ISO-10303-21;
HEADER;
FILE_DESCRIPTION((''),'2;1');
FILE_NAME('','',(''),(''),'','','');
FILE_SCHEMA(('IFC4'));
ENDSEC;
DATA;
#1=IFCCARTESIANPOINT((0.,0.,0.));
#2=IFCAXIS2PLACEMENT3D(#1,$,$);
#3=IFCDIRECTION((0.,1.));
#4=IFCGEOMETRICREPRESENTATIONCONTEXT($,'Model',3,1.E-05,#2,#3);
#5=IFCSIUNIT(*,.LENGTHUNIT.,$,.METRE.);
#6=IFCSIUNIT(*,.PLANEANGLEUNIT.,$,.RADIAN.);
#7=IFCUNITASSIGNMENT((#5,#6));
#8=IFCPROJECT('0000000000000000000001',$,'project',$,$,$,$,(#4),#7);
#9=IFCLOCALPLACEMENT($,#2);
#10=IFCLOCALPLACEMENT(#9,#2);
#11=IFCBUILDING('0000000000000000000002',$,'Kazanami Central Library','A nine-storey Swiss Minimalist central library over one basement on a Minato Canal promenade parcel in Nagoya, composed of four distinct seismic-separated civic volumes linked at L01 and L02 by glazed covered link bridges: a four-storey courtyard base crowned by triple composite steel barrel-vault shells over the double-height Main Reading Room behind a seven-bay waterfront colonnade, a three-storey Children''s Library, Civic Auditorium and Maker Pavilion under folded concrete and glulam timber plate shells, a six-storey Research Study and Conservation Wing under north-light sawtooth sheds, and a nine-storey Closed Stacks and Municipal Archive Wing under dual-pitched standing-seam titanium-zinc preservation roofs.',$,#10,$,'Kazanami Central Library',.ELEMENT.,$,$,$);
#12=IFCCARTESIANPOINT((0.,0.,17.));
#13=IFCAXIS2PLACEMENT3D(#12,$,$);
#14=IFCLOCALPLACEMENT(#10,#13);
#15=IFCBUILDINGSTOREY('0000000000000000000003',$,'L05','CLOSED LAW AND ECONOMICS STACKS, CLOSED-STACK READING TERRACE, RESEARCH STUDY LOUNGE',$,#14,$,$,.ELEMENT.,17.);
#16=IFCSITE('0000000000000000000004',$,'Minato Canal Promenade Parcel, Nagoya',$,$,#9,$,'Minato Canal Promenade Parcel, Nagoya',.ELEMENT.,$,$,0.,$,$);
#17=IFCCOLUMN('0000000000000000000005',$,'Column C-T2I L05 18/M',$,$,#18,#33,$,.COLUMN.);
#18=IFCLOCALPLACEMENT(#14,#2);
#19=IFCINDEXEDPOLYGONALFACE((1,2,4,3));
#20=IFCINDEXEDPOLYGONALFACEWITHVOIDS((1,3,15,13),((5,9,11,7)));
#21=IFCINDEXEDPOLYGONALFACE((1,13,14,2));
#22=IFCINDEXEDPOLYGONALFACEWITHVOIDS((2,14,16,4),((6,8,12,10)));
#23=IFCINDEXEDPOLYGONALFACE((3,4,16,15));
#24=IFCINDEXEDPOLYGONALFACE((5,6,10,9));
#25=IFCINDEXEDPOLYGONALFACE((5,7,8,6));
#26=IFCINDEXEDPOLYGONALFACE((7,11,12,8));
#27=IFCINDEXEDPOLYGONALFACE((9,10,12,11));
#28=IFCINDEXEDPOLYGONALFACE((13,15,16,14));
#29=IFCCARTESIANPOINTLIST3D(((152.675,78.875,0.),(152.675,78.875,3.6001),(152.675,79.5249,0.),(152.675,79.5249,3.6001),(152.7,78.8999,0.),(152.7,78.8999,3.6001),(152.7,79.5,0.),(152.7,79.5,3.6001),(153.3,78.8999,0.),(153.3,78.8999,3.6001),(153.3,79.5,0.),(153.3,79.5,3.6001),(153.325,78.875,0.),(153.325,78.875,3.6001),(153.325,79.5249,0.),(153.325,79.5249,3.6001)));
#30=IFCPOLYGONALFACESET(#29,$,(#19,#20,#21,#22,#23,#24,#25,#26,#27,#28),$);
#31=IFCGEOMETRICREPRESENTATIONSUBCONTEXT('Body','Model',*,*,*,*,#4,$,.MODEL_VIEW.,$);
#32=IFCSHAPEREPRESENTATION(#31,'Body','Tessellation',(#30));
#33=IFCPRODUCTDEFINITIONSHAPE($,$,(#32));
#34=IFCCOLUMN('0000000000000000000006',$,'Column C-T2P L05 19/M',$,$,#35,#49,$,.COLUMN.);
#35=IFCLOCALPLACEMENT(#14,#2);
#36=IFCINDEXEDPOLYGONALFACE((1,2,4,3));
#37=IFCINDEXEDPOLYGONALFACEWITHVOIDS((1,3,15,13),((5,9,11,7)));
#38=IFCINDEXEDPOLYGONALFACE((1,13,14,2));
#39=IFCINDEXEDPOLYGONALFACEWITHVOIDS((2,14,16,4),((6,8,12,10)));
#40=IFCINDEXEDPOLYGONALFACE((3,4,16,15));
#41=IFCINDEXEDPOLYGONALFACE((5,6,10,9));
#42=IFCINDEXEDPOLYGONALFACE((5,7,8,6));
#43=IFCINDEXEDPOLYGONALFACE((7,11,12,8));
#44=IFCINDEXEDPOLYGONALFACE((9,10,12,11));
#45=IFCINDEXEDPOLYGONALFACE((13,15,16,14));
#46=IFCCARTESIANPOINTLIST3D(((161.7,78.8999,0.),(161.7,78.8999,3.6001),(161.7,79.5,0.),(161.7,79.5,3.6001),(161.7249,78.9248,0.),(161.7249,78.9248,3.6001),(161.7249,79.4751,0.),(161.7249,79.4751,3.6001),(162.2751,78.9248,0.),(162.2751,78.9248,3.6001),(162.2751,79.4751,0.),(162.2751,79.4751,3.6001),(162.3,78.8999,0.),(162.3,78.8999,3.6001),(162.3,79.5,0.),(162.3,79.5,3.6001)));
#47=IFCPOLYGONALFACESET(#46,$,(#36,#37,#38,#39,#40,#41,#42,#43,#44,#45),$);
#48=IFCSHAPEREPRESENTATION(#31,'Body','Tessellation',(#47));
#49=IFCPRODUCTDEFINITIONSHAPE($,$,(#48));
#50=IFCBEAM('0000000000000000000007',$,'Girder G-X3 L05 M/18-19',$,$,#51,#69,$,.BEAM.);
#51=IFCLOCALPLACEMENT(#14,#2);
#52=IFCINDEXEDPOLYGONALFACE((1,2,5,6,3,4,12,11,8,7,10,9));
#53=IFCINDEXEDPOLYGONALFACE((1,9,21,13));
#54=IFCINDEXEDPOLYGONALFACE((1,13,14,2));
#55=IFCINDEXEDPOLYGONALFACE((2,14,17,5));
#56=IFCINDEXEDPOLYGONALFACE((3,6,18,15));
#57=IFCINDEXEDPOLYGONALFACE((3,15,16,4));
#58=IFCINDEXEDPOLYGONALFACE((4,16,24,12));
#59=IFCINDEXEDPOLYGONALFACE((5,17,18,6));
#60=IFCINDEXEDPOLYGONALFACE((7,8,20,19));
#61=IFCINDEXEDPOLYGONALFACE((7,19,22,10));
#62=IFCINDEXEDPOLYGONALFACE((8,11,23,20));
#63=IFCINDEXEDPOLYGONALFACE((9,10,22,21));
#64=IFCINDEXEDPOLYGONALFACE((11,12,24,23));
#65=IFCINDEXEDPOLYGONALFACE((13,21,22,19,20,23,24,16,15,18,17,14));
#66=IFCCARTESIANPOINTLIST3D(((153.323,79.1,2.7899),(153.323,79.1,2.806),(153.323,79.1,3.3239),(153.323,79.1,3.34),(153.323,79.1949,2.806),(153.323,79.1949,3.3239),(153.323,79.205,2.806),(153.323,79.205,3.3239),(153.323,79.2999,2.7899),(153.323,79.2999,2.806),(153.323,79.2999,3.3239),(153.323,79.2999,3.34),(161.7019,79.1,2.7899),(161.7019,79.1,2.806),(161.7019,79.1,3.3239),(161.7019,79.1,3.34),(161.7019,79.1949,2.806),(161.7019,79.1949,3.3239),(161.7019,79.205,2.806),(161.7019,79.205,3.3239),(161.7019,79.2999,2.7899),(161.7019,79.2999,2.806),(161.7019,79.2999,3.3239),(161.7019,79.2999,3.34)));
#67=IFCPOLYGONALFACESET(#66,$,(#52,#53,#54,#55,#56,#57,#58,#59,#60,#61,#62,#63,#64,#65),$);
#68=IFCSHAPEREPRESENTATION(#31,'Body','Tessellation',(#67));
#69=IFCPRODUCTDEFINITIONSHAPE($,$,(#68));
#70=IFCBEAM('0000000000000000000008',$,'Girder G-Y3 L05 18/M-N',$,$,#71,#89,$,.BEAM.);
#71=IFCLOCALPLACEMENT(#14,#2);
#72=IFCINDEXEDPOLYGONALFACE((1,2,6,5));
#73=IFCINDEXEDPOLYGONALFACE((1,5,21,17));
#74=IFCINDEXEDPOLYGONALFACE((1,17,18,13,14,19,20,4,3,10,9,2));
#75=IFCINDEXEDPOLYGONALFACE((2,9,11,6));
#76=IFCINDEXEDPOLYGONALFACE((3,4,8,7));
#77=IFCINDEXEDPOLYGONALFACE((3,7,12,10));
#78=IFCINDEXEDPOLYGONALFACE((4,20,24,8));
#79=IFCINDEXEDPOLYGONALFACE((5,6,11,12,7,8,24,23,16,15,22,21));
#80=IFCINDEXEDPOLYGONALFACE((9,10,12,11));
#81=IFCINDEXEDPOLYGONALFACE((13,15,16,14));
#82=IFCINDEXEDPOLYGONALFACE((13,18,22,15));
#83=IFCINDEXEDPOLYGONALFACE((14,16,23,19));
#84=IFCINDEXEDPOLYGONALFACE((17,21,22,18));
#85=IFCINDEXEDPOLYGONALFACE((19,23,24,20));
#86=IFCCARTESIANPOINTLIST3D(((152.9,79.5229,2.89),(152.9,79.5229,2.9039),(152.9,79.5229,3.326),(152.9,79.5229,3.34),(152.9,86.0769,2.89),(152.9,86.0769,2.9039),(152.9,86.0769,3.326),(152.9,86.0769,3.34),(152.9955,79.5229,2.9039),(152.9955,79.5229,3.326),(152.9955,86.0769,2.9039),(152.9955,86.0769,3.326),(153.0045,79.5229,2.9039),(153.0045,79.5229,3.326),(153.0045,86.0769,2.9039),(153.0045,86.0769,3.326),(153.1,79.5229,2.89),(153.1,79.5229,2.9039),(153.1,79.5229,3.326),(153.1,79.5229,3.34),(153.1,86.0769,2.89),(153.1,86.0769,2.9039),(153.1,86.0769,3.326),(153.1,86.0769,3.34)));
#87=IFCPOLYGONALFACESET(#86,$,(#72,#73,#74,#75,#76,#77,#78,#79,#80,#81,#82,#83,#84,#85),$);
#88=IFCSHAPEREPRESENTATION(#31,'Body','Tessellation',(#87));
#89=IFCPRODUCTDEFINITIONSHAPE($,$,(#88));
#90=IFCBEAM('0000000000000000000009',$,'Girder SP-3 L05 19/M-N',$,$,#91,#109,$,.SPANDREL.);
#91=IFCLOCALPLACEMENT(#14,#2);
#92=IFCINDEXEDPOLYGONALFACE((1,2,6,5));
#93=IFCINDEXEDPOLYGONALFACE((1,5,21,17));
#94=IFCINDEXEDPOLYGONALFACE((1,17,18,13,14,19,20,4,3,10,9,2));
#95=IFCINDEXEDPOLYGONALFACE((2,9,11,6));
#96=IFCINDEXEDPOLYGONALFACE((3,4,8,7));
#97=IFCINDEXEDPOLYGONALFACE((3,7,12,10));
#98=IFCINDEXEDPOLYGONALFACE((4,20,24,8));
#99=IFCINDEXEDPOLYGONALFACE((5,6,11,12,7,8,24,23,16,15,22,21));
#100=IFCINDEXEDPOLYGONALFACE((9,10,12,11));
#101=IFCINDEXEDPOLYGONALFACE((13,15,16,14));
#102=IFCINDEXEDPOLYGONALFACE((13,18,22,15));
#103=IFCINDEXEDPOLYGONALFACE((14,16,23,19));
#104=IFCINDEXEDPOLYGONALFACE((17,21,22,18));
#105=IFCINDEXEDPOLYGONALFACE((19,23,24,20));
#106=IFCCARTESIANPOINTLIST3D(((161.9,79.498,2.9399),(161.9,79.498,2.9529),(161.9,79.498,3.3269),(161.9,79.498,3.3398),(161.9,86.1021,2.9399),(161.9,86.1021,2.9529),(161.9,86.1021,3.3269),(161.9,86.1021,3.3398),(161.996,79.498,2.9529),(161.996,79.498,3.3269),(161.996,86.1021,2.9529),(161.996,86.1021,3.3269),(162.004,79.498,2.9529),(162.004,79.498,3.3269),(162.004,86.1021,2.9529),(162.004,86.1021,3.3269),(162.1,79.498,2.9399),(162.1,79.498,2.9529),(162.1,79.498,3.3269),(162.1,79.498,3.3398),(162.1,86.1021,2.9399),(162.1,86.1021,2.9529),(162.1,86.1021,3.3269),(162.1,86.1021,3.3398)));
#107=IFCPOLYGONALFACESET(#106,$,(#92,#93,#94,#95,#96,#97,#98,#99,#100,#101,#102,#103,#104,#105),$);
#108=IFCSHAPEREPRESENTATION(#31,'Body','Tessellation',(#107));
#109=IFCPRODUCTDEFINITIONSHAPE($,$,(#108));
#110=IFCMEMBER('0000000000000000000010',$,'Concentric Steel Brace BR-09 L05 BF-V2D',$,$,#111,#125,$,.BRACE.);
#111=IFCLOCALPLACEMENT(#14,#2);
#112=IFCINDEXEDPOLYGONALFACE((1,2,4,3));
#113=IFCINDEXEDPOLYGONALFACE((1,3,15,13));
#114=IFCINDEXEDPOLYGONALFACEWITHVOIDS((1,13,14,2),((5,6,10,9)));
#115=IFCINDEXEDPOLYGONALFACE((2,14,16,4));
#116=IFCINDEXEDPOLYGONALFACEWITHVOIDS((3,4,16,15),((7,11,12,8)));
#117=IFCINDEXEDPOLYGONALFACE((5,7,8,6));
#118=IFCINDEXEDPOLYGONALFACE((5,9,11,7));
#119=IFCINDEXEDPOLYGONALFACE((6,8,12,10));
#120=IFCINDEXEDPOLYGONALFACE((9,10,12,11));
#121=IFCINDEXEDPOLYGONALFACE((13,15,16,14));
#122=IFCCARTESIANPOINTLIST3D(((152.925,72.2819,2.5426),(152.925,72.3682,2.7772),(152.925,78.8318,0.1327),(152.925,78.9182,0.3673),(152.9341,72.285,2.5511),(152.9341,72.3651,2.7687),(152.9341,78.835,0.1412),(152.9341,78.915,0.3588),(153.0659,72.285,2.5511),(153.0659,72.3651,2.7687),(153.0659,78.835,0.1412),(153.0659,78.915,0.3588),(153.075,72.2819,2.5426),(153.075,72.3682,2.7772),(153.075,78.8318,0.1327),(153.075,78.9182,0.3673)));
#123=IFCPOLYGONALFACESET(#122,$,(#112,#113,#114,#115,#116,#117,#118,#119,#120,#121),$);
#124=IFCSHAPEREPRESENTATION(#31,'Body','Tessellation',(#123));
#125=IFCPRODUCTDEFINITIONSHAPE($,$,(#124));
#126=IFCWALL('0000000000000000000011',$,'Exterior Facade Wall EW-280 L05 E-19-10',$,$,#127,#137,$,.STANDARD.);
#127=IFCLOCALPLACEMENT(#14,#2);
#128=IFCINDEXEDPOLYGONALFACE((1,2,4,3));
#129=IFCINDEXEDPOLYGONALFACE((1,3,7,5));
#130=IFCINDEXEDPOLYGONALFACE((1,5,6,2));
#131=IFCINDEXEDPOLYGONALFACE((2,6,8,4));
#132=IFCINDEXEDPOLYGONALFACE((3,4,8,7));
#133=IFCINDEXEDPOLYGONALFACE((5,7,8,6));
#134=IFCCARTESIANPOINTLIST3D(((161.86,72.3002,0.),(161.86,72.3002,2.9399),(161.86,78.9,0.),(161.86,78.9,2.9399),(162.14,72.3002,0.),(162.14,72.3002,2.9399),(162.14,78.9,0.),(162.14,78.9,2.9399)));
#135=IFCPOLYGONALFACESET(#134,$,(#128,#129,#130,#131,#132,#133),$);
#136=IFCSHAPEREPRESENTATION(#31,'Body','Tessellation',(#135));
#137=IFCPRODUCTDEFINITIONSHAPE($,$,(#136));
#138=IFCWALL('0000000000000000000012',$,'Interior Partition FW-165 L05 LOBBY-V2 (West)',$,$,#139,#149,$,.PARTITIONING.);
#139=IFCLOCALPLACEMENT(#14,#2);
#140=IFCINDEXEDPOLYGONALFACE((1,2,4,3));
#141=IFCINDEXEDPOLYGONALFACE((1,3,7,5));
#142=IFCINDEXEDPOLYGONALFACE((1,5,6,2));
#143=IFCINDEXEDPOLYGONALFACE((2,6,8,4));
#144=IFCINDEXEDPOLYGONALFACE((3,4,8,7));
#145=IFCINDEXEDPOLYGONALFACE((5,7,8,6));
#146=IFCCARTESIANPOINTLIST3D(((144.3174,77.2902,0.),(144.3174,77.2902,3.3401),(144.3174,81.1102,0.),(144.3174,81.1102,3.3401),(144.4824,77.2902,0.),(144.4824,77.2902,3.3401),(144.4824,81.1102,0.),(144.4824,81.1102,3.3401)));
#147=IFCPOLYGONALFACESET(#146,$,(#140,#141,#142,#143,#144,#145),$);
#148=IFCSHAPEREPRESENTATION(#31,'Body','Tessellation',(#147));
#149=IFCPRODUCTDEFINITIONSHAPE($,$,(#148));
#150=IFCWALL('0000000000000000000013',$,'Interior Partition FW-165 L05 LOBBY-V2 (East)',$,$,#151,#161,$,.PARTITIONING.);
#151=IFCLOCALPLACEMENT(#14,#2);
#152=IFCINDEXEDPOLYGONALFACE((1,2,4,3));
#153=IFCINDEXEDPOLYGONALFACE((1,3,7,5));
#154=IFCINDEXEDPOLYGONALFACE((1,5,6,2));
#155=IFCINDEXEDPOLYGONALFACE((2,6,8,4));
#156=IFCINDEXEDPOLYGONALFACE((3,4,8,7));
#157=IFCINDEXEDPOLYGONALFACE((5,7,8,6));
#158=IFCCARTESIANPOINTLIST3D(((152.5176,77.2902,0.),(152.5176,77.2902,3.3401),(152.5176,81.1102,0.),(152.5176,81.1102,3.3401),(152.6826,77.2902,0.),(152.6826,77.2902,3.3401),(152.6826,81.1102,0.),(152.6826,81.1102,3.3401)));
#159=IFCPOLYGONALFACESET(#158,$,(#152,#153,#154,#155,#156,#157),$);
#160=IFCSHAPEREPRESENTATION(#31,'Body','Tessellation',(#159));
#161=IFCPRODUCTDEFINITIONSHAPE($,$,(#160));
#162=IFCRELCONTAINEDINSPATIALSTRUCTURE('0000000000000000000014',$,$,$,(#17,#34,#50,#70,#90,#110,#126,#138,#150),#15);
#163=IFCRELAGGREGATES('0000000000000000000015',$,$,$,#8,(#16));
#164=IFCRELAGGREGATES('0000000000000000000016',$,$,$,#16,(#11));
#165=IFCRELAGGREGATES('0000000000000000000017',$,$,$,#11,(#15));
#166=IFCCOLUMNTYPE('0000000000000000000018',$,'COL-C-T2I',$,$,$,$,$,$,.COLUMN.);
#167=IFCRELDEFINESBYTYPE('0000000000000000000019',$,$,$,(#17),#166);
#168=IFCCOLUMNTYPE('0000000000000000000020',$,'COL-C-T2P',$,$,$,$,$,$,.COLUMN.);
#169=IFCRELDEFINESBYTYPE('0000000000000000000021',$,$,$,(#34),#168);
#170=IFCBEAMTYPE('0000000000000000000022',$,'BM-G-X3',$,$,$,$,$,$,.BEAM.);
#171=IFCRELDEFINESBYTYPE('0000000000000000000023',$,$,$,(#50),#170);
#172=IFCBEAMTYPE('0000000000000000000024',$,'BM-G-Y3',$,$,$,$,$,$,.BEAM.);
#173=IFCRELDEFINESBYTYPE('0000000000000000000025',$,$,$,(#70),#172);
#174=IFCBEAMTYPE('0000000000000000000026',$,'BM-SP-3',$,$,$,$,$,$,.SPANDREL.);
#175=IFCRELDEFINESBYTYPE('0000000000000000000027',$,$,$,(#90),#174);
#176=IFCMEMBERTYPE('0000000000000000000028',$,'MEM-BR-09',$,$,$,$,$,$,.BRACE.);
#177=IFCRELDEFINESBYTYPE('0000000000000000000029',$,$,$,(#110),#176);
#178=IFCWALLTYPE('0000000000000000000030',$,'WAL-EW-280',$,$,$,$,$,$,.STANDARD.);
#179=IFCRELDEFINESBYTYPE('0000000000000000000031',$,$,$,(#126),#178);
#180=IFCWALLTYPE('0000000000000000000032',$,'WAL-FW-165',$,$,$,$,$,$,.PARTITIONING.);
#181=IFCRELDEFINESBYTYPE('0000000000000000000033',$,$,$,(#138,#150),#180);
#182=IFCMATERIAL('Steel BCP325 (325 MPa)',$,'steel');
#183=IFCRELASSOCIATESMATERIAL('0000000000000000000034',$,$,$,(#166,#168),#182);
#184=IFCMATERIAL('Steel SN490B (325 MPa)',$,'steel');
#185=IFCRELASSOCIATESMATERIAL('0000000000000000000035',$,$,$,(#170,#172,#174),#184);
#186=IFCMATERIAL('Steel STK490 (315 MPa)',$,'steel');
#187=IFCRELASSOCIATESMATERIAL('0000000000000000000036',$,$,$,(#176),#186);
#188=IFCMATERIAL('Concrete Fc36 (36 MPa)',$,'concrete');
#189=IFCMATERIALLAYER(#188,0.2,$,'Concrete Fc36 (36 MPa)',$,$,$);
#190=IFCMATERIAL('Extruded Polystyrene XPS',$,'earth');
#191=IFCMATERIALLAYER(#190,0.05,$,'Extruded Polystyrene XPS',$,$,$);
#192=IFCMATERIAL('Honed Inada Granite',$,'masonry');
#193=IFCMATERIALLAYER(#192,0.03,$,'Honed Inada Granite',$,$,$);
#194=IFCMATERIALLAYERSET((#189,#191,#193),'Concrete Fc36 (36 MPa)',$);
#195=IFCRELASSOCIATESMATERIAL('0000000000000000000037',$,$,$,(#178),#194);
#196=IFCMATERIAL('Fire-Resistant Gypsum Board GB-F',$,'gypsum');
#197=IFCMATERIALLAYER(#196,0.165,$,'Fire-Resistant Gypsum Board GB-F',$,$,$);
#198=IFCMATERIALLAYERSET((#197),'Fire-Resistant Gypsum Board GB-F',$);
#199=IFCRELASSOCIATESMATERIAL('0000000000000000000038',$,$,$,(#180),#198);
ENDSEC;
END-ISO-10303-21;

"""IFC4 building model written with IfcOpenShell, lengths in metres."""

from ifc_helpers import new_model, si_unit, direction, frame, frame_2d, origin, origin_2d, place, context, subcontext, project, spatial, rectangle, hollow_rectangle, i_section, extrude, material, layer, layer_set, material_profile, profile_set, type_object, element, save


model = new_model("IFC4")

# Units and contexts
model_context = context("Model", 3, precision=1e-05, world=origin(), true_north=direction((0.0, 1.0)))
body_context = subcontext(model_context, "Body", "Model", "MODEL_VIEW")
ifc_project = project(units=[si_unit("LENGTHUNIT", "METRE"), si_unit("PLANEANGLEUNIT", "RADIAN")], contexts=[model_context])

# Site, building, storey
site_placement = place(None, origin())
site = spatial("IfcSite", under=ifc_project, at=site_placement, Name="Minato Canal Promenade Parcel, Nagoya", LongName="Minato Canal Promenade Parcel, Nagoya", CompositionType="ELEMENT", RefElevation=0.0)
building_placement = place(site_placement, origin())
building = spatial("IfcBuilding", under=site, at=building_placement, Name="Kazanami Central Library", Description="A nine-storey Swiss Minimalist central library over one basement on a Minato Canal promenade parcel in Nagoya, composed of four distinct seismic-separated civic volumes linked at L01 and L02 by glazed covered link bridges: a four-storey courtyard base crowned by triple composite steel barrel-vault shells over the double-height Main Reading Room behind a seven-bay waterfront colonnade, a three-storey Children's Library, Civic Auditorium and Maker Pavilion under folded concrete and glulam timber plate shells, a six-storey Research Study and Conservation Wing under north-light sawtooth sheds, and a nine-storey Closed Stacks and Municipal Archive Wing under dual-pitched standing-seam titanium-zinc preservation roofs.", LongName="Kazanami Central Library", CompositionType="ELEMENT")
storey_placement = place(building_placement, frame((0.0, 0.0, 17.0)))
storey = spatial("IfcBuildingStorey", under=building, at=storey_placement, Name="L05", Description="CLOSED LAW AND ECONOMICS STACKS, CLOSED-STACK READING TERRACE, RESEARCH STUDY LOUNGE", CompositionType="ELEMENT", Elevation=17.0)

# Columns
ifc_material_1 = material(Name="Steel BCP325 (325 MPa)", Category="steel")
ifc_material_profile_1 = material_profile(ifc_material_1, hollow_rectangle(XDim=0.6499, YDim=0.6499, WallThickness=0.0249, at=origin_2d()), Name="BCP-650x650x25")
ifc_profile_set_1 = profile_set([ifc_material_profile_1], Name="Steel BCP325 (325 MPa)")
column_type_1 = type_object("IfcColumnType", Name="COL-C-T2I", PredefinedType="COLUMN", material=ifc_profile_set_1)
column_1_placement = place(storey_placement, frame((153.0, 79.2, 0.0), z_axis=(0.0, 0.0, 1.0), x_axis=(1.0, 0.0, 0.0)))
element("IfcColumn", 1, at=column_1_placement, inside=storey, type_object=column_type_1, Name="Column C-T2I L05 18/M", PredefinedType="COLUMN", context=body_context, shape_type="SweptSolid", body=[
    extrude(hollow_rectangle(XDim=0.6499, YDim=0.6499, WallThickness=0.0249, at=origin_2d()), origin(), (0.0, 0.0, 1.0), 3.6001),
])
ifc_material_profile_2 = material_profile(ifc_material_1, hollow_rectangle(XDim=0.6001, YDim=0.6001, WallThickness=0.0249, at=origin_2d()), Name="BCP-600x600x25")
ifc_profile_set_2 = profile_set([ifc_material_profile_2], Name="Steel BCP325 (325 MPa)")
column_type_2 = type_object("IfcColumnType", Name="COL-C-T2P", PredefinedType="COLUMN", material=ifc_profile_set_2)
column_2_placement = place(storey_placement, frame((162.0, 79.2, 0.0), z_axis=(0.0, 0.0, 1.0), x_axis=(1.0, 0.0, 0.0)))
element("IfcColumn", 2, at=column_2_placement, inside=storey, type_object=column_type_2, Name="Column C-T2P L05 19/M", PredefinedType="COLUMN", context=body_context, shape_type="SweptSolid", body=[
    extrude(hollow_rectangle(XDim=0.6001, YDim=0.6001, WallThickness=0.0249, at=origin_2d()), origin(), (0.0, 0.0, 1.0), 3.6001),
])

# Beams
ifc_material_2 = material(Name="Steel SN490B (325 MPa)", Category="steel")
ifc_material_profile_3 = material_profile(ifc_material_2, i_section(OverallWidth=0.2, OverallDepth=0.55, WebThickness=0.01, FlangeThickness=0.0161, at=origin_2d()), Name="H-550x200x10x16")
ifc_profile_set_3 = profile_set([ifc_material_profile_3], Name="Steel SN490B (325 MPa)")
beam_type_1 = type_object("IfcBeamType", Name="BM-G-X3", PredefinedType="BEAM", material=ifc_profile_set_3)
beam_1_placement = place(storey_placement, frame((153.323, 79.2, 3.0649), z_axis=(1.0, 0.0, 0.0), x_axis=(0.0, 1.0, 0.0)))
element("IfcBeam", 3, at=beam_1_placement, inside=storey, type_object=beam_type_1, Name="Girder G-X3 L05 M/18-19", PredefinedType="BEAM", context=body_context, shape_type="SweptSolid", body=[
    extrude(i_section(OverallWidth=0.2, OverallDepth=0.55, WebThickness=0.01, FlangeThickness=0.0161, at=origin_2d()), origin(), (0.0, 0.0, 1.0), 8.3789),
])
ifc_material_profile_4 = material_profile(ifc_material_2, i_section(OverallWidth=0.2, OverallDepth=0.45, WebThickness=0.009, FlangeThickness=0.0139, at=origin_2d()), Name="H-450x200x9x14")
ifc_profile_set_4 = profile_set([ifc_material_profile_4], Name="Steel SN490B (325 MPa)")
beam_type_2 = type_object("IfcBeamType", Name="BM-G-Y3", PredefinedType="BEAM", material=ifc_profile_set_4)
beam_2_placement = place(storey_placement, frame((153.0, 79.5229, 3.115), z_axis=(0.0, 1.0, 0.0), x_axis=(-1.0, 0.0, 0.0)))
element("IfcBeam", 4, at=beam_2_placement, inside=storey, type_object=beam_type_2, Name="Girder G-Y3 L05 18/M-N", PredefinedType="BEAM", context=body_context, shape_type="SweptSolid", body=[
    extrude(i_section(OverallWidth=0.2, OverallDepth=0.45, WebThickness=0.009, FlangeThickness=0.0139, at=origin_2d()), origin(), (0.0, 0.0, 1.0), 6.554),
])
ifc_material_profile_5 = material_profile(ifc_material_2, i_section(OverallWidth=0.2, OverallDepth=0.3999, WebThickness=0.0081, FlangeThickness=0.0129, at=origin_2d()), Name="H-400x200x8x13")
ifc_profile_set_5 = profile_set([ifc_material_profile_5], Name="Steel SN490B (325 MPa)")
beam_type_3 = type_object("IfcBeamType", Name="BM-SP-3", PredefinedType="SPANDREL", material=ifc_profile_set_5)
beam_3_placement = place(storey_placement, frame((162.0, 79.498, 3.1399), z_axis=(0.0, 1.0, 0.0), x_axis=(-1.0, 0.0, 0.0)))
element("IfcBeam", 5, at=beam_3_placement, inside=storey, type_object=beam_type_3, Name="Girder SP-3 L05 19/M-N", PredefinedType="SPANDREL", context=body_context, shape_type="SweptSolid", body=[
    extrude(i_section(OverallWidth=0.2, OverallDepth=0.3999, WebThickness=0.0081, FlangeThickness=0.0129, at=origin_2d()), origin(), (0.0, 0.0, 1.0), 6.604),
])

# Member
ifc_material_3 = material(Name="Steel STK490 (315 MPa)", Category="steel")
ifc_material_profile_6 = material_profile(ifc_material_3, hollow_rectangle(XDim=0.1499, YDim=0.25, WallThickness=0.009, at=origin_2d()), Name="STKR-250x150x9")
ifc_profile_set_6 = profile_set([ifc_material_profile_6], Name="Steel STK490 (315 MPa)")
member_type = type_object("IfcMemberType", Name="MEM-BR-09", PredefinedType="BRACE", material=ifc_profile_set_6)
member_placement = place(storey_placement, frame((153.0, 78.875, 0.25), z_axis=(0.0, -0.938495, 0.345294), x_axis=(1.0, 0.0, 0.0)))
element("IfcMember", 6, at=member_placement, inside=storey, type_object=member_type, Name="Concentric Steel Brace BR-09 L05 BF-V2D", PredefinedType="BRACE", context=body_context, shape_type="SweptSolid", body=[
    extrude(hollow_rectangle(XDim=0.1499, YDim=0.25, WallThickness=0.009, at=origin_2d()), origin(), (0.0, 0.0, 1.0), 6.9792),
])

# Walls
ifc_material_4 = material(Name="Concrete Fc36 (36 MPa)", Category="concrete")
ifc_layer_1 = layer(ifc_material_4, 0.2, Name="Concrete Fc36 (36 MPa)")
ifc_material_5 = material(Name="Extruded Polystyrene XPS", Category="earth")
ifc_layer_2 = layer(ifc_material_5, 0.05, Name="Extruded Polystyrene XPS")
ifc_material_6 = material(Name="Honed Inada Granite", Category="masonry")
ifc_layer_3 = layer(ifc_material_6, 0.03, Name="Honed Inada Granite")
ifc_layer_set_1 = layer_set([ifc_layer_1, ifc_layer_2, ifc_layer_3], Name="Concrete Fc36 (36 MPa)")
wall_type_1 = type_object("IfcWallType", Name="WAL-EW-280", PredefinedType="STANDARD", material=ifc_layer_set_1)
wall_1_placement = place(storey_placement, frame((162.0, 78.8999, 0.0), z_axis=(0.0, 0.0, 1.0), x_axis=(0.0, -1.0, 0.0)))
element("IfcWall", 7, at=wall_1_placement, inside=storey, type_object=wall_type_1, Name="Exterior Facade Wall EW-280 L05 E-19-10", PredefinedType="STANDARD", context=body_context, shape_type="SweptSolid", body=[
    extrude(rectangle(XDim=6.5999, YDim=0.28, at=frame_2d((3.2998, 0.0))), origin(), (0.0, 0.0, 1.0), 2.9399),
])
ifc_material_7 = material(Name="Fire-Resistant Gypsum Board GB-F", Category="gypsum")
ifc_layer_4 = layer(ifc_material_7, 0.165, Name="Fire-Resistant Gypsum Board GB-F")
ifc_layer_set_2 = layer_set([ifc_layer_4], Name="Fire-Resistant Gypsum Board GB-F")
wall_type_2 = type_object("IfcWallType", Name="WAL-FW-165", PredefinedType="PARTITIONING", material=ifc_layer_set_2)
for number, where, z_axis, x_axis, name in (
    (8, (144.3999, 77.29, 0.0), (0.0, 0.0, 1.0), (0.0, 1.0, 0.0), "Interior Partition FW-165 L05 LOBBY-V2 (West)"),
    (9, (152.6001, 77.29, 0.0), (0.0, 0.0, 1.0), (0.0, 1.0, 0.0), "Interior Partition FW-165 L05 LOBBY-V2 (East)"),
):
    element("IfcWall", number, at=place(storey_placement, frame(where, z_axis=z_axis, x_axis=x_axis)), inside=storey, type_object=wall_type_2, Name=name, PredefinedType="PARTITIONING", context=body_context, shape_type="SweptSolid", body=[
        extrude(rectangle(XDim=3.8201, YDim=0.165, at=frame_2d((1.9102, 0.0))), origin(), (0.0, 0.0, 1.0), 3.3401),
    ])

save(model, "model.ifc")
